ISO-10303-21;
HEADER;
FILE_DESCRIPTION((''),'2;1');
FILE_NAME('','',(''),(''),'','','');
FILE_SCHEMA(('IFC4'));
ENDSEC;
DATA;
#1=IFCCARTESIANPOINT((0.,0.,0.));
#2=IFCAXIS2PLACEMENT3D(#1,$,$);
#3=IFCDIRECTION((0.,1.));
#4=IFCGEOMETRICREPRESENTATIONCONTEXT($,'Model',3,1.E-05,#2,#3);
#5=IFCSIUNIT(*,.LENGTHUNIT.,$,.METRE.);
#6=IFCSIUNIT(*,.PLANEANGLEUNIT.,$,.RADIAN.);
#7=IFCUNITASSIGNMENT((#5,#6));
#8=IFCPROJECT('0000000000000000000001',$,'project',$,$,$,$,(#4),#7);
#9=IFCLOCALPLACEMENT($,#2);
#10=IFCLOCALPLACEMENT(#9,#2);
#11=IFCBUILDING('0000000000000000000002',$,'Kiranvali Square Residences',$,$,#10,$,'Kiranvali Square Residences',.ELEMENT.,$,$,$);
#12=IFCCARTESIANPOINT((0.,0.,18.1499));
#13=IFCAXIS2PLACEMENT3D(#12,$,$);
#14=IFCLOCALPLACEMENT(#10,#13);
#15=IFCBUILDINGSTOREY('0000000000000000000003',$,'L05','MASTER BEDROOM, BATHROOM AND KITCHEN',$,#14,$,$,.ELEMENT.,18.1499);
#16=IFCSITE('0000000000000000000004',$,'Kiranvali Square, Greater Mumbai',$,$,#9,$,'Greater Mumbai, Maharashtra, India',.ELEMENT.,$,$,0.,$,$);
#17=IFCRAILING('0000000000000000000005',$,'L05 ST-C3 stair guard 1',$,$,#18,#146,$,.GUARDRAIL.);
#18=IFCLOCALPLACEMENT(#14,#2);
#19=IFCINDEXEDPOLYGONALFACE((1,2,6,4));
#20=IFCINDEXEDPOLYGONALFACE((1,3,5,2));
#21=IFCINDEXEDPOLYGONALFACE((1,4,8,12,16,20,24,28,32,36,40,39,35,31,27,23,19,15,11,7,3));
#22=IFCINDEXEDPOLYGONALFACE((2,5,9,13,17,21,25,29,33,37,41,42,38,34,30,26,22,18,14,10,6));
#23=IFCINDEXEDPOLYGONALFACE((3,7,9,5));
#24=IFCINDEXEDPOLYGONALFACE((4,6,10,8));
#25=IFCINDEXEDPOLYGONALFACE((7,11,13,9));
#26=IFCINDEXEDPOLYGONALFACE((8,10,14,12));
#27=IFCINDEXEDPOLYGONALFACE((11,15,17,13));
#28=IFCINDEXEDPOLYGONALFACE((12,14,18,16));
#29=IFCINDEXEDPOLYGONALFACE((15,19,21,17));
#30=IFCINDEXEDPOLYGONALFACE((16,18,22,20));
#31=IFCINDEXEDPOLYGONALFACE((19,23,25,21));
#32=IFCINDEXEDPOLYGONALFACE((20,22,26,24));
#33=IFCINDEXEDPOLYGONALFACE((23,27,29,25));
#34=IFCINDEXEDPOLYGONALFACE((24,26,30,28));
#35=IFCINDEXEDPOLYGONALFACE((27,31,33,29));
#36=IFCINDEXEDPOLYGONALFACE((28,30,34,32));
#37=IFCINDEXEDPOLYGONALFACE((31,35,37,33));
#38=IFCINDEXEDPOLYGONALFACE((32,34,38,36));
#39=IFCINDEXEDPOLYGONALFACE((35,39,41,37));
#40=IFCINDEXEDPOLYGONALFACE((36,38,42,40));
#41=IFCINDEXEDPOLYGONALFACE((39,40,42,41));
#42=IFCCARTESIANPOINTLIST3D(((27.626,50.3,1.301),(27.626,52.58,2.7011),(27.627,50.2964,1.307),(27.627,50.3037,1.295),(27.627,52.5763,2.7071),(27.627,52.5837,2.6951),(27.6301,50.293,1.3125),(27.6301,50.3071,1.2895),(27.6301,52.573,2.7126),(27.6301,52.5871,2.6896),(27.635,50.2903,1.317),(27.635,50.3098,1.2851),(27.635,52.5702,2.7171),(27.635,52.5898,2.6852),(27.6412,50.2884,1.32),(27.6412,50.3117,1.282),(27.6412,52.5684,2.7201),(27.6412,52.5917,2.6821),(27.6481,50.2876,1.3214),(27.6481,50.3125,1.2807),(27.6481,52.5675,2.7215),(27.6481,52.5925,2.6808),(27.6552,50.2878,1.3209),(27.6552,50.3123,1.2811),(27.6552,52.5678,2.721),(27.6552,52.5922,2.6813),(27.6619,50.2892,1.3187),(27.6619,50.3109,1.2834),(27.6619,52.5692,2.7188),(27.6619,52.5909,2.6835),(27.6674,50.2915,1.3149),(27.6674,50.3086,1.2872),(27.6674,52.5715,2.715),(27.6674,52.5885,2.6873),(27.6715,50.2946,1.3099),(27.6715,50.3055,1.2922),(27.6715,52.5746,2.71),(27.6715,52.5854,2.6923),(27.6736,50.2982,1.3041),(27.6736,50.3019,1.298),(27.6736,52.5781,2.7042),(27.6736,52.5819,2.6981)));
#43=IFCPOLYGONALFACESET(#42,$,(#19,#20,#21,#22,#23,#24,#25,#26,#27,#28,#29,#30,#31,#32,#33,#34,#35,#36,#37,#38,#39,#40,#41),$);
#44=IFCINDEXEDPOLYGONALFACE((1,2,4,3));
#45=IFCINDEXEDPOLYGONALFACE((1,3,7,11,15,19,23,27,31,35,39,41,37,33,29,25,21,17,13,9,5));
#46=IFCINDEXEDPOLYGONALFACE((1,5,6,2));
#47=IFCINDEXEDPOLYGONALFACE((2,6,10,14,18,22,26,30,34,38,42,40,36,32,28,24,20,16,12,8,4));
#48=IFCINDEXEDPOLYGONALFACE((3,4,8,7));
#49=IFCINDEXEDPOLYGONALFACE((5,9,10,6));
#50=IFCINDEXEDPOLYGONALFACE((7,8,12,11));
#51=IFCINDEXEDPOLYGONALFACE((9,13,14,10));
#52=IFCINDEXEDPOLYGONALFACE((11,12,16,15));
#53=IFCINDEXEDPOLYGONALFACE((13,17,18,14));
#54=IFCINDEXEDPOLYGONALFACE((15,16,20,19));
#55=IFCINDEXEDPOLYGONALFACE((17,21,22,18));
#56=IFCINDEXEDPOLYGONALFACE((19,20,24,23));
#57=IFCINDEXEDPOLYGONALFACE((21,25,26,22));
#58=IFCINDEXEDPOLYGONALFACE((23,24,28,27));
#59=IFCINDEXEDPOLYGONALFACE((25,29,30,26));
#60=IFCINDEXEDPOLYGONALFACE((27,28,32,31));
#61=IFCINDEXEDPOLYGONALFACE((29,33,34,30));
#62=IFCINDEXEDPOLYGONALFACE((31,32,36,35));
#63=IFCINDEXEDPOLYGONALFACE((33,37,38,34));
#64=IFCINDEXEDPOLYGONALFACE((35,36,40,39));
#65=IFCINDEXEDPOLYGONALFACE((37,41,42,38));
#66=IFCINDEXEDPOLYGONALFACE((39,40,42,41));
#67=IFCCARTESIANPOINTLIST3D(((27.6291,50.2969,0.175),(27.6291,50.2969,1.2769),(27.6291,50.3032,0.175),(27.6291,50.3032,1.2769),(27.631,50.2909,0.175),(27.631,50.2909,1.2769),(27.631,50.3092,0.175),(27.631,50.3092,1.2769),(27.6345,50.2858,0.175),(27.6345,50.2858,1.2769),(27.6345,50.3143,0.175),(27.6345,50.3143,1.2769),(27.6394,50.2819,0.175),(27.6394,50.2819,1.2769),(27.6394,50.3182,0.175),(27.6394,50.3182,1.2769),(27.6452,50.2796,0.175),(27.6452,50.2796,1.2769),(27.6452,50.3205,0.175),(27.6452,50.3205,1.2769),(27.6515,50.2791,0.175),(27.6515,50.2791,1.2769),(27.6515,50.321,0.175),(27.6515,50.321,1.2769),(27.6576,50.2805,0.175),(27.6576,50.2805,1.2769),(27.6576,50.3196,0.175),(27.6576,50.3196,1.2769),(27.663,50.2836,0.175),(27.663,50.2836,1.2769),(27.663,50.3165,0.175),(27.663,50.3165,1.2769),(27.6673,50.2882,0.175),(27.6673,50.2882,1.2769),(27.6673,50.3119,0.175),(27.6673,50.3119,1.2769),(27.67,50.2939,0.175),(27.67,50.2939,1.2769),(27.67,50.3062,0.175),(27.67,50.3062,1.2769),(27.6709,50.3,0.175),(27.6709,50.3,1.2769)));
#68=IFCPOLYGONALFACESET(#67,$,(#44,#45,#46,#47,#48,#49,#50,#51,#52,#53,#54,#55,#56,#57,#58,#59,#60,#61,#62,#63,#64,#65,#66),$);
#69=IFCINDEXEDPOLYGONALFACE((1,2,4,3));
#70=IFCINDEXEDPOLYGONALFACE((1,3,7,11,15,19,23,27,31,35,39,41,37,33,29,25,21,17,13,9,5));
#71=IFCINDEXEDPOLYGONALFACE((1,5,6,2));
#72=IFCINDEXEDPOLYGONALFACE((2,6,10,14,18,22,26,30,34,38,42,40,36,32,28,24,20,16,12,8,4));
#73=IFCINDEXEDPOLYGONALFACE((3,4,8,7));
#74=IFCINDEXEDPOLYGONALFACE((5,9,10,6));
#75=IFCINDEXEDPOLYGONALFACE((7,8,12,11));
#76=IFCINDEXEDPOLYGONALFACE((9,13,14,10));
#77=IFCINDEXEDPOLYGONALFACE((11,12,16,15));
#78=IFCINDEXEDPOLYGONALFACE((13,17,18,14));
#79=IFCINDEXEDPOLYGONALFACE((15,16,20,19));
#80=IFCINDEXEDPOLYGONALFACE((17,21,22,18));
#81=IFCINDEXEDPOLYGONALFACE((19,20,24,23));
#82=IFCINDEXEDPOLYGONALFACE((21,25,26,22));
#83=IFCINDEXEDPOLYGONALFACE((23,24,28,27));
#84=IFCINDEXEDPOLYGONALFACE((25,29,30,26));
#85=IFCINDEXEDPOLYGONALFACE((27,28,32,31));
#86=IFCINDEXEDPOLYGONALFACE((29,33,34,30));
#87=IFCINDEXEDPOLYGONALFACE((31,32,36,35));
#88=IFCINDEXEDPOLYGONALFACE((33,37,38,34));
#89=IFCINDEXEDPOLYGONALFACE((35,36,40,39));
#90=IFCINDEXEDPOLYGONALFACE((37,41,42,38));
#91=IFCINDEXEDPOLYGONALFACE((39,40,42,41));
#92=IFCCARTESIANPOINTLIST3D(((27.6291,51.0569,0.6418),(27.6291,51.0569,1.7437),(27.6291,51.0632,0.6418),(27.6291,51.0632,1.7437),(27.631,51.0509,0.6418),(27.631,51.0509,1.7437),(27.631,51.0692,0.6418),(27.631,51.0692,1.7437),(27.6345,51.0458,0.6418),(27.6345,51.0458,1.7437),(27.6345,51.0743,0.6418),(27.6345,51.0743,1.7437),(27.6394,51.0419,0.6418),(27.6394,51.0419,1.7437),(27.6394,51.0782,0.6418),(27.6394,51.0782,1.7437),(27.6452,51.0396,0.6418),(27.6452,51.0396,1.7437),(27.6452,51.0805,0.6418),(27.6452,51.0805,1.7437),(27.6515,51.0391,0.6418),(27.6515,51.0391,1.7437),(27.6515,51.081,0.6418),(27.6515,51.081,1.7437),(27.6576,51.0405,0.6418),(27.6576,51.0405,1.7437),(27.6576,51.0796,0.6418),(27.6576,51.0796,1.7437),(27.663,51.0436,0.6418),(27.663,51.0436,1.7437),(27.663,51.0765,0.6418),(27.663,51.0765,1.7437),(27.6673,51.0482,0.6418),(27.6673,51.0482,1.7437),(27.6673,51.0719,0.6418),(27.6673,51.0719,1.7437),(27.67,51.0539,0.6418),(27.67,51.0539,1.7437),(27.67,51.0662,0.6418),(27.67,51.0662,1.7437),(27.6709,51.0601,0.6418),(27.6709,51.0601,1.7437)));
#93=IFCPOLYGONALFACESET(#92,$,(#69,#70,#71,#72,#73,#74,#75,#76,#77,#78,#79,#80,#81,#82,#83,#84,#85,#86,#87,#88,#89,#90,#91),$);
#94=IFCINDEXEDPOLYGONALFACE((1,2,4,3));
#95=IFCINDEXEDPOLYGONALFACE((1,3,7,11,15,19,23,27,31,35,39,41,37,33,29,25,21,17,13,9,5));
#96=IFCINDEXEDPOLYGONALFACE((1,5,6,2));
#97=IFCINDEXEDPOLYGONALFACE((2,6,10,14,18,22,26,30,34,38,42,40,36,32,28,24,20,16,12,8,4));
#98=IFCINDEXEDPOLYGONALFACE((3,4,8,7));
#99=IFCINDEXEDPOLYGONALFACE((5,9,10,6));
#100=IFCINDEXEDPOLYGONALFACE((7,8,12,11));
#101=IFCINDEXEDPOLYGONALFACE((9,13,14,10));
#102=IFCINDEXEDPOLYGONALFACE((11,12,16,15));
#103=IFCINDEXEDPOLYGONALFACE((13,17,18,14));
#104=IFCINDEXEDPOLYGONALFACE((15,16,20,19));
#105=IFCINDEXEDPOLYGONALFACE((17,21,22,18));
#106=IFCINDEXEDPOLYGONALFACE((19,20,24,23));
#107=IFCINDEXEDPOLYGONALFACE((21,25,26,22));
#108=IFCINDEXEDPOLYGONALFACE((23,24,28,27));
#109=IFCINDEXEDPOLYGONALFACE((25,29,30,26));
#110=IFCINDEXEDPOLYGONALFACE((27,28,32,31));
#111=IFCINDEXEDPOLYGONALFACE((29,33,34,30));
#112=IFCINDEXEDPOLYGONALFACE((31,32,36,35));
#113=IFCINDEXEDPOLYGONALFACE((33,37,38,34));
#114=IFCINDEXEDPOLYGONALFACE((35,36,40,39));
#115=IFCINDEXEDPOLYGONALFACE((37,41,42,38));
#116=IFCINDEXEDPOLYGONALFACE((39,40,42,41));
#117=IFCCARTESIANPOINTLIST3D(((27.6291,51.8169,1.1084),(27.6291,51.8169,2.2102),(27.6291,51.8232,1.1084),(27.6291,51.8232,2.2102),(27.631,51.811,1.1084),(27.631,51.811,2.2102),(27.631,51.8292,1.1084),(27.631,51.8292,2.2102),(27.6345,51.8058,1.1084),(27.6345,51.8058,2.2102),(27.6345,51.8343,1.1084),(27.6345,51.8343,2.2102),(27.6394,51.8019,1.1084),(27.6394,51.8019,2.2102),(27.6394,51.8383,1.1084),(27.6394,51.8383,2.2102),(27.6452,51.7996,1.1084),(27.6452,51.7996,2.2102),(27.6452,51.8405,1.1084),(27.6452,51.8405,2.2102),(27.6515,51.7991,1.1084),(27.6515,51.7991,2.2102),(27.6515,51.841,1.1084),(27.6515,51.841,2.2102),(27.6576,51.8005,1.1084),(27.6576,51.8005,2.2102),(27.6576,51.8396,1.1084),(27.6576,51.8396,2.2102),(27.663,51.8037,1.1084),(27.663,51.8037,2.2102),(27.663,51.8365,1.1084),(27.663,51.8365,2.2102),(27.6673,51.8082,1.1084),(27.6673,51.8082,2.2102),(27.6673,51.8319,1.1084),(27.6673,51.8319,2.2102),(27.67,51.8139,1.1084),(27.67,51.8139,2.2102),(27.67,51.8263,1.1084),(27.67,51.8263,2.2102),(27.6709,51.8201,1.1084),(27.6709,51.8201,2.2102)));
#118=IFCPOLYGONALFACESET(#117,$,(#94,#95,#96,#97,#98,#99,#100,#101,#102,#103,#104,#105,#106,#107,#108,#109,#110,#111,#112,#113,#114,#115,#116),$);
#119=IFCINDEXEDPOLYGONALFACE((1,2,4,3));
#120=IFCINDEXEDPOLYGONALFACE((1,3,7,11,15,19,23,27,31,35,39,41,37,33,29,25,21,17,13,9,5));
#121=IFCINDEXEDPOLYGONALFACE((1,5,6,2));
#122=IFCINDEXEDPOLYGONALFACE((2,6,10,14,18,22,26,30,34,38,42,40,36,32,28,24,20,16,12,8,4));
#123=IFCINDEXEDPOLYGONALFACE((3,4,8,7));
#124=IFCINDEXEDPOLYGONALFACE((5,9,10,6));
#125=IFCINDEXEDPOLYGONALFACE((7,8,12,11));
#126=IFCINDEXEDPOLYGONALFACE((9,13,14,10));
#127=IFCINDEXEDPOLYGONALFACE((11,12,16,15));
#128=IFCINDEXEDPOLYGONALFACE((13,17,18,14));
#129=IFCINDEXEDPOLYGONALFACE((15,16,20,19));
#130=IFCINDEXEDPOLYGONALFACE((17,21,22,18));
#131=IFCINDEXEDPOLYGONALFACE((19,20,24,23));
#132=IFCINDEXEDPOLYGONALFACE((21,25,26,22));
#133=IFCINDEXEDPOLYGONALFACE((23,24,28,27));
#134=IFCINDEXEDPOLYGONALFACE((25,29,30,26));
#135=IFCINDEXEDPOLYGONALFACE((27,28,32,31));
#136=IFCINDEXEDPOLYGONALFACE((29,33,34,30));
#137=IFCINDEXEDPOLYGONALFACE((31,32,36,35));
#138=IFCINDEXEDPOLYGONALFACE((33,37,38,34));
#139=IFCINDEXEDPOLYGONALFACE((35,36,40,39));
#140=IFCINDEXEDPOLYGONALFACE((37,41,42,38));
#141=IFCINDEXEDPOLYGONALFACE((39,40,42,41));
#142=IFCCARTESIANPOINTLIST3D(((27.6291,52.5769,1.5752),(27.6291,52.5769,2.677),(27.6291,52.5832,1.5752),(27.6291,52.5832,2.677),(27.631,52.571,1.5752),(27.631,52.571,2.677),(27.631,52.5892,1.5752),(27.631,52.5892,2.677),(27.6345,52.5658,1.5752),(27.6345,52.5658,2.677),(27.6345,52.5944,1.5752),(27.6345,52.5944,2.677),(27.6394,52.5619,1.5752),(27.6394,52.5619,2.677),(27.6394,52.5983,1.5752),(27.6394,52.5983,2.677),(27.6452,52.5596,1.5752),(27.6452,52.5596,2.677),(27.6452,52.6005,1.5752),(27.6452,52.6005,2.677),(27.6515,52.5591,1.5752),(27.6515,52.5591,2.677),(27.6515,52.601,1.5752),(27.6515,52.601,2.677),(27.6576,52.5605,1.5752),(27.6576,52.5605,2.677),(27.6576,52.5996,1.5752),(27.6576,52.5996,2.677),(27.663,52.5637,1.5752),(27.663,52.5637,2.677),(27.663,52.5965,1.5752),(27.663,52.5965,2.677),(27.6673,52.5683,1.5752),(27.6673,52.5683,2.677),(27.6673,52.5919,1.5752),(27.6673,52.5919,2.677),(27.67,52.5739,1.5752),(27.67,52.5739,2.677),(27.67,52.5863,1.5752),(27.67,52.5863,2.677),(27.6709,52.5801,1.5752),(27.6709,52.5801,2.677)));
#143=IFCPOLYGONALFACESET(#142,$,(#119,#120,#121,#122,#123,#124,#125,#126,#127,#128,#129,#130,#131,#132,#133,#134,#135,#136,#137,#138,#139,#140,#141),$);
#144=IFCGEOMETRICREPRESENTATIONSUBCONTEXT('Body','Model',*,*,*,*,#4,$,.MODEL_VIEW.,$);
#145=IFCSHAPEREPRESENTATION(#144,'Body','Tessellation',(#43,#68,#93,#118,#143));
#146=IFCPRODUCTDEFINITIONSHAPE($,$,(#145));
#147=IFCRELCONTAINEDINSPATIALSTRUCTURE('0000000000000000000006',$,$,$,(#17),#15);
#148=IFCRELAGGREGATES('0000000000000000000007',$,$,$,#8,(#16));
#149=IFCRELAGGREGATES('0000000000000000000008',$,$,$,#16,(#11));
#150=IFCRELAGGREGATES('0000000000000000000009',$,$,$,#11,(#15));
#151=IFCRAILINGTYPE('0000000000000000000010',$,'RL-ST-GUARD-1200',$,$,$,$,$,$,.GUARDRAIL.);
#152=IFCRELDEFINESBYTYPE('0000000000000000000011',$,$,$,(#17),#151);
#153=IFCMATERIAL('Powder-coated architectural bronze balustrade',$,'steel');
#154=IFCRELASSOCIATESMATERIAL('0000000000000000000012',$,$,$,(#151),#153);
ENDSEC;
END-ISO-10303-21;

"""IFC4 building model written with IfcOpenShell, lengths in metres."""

from ifc_helpers import new_model, si_unit, direction, frame, origin, origin_2d, place, context, subcontext, project, spatial, circle, extrude, material, type_object, element, save


model = new_model("IFC4")

# Units and contexts
model_context = context("Model", 3, precision=1e-05, world=origin(), true_north=direction((0.0, 1.0)))
body_context = subcontext(model_context, "Body", "Model", "MODEL_VIEW")
ifc_project = project(units=[si_unit("LENGTHUNIT", "METRE"), si_unit("PLANEANGLEUNIT", "RADIAN")], contexts=[model_context])

# Site, building, storey
site_placement = place(None, origin())
site = spatial("IfcSite", under=ifc_project, at=site_placement, Name="Kiranvali Square, Greater Mumbai", LongName="Greater Mumbai, Maharashtra, India", CompositionType="ELEMENT", RefElevation=0.0)
building_placement = place(site_placement, origin())
building = spatial("IfcBuilding", under=site, at=building_placement, Name="Kiranvali Square Residences", LongName="Kiranvali Square Residences", CompositionType="ELEMENT")
storey_placement = place(building_placement, frame((0.0, 0.0, 18.1499)))
storey = spatial("IfcBuildingStorey", under=building, at=storey_placement, Name="L05", Description="MASTER BEDROOM, BATHROOM AND KITCHEN", CompositionType="ELEMENT", Elevation=18.1499)

# Railing
ifc_material_1 = material(Name="Powder-coated architectural bronze balustrade", Category="steel")
railing_type_1 = type_object("IfcRailingType", Name="RL-ST-GUARD-1200", PredefinedType="GUARDRAIL", material=ifc_material_1)
railing_1_placement = place(storey_placement, frame((27.6499, 50.3, 0.175)))
element("IfcRailing", 1, at=railing_1_placement, inside=storey, type_object=railing_type_1, Name="L05 ST-C3 stair guard 1", PredefinedType="GUARDRAIL", context=body_context, shape_type="SweptSolid", body=[
    extrude(circle(Radius=0.0239, at=origin_2d()), frame((0.0, 0.0, 1.126), z_axis=(0.0, 0.85215, 0.523298), x_axis=(-1.0, 0.0, 0.0)), (0.0, 0.0, 1.0), 2.6755),
    extrude(circle(Radius=0.021, at=origin_2d()), origin(), (0.0, 0.0, 1.0), 1.1018),
    extrude(circle(Radius=0.021, at=origin_2d()), frame((0.0, 0.76, 0.4668)), (0.0, 0.0, 1.0), 1.1018),
    extrude(circle(Radius=0.021, at=origin_2d()), frame((0.0, 1.52, 0.9333)), (0.0, 0.0, 1.0), 1.1018),
    extrude(circle(Radius=0.021, at=origin_2d()), frame((0.0, 2.28, 1.4001)), (0.0, 0.0, 1.0), 1.1018),
])

save(model, "model.ifc")
